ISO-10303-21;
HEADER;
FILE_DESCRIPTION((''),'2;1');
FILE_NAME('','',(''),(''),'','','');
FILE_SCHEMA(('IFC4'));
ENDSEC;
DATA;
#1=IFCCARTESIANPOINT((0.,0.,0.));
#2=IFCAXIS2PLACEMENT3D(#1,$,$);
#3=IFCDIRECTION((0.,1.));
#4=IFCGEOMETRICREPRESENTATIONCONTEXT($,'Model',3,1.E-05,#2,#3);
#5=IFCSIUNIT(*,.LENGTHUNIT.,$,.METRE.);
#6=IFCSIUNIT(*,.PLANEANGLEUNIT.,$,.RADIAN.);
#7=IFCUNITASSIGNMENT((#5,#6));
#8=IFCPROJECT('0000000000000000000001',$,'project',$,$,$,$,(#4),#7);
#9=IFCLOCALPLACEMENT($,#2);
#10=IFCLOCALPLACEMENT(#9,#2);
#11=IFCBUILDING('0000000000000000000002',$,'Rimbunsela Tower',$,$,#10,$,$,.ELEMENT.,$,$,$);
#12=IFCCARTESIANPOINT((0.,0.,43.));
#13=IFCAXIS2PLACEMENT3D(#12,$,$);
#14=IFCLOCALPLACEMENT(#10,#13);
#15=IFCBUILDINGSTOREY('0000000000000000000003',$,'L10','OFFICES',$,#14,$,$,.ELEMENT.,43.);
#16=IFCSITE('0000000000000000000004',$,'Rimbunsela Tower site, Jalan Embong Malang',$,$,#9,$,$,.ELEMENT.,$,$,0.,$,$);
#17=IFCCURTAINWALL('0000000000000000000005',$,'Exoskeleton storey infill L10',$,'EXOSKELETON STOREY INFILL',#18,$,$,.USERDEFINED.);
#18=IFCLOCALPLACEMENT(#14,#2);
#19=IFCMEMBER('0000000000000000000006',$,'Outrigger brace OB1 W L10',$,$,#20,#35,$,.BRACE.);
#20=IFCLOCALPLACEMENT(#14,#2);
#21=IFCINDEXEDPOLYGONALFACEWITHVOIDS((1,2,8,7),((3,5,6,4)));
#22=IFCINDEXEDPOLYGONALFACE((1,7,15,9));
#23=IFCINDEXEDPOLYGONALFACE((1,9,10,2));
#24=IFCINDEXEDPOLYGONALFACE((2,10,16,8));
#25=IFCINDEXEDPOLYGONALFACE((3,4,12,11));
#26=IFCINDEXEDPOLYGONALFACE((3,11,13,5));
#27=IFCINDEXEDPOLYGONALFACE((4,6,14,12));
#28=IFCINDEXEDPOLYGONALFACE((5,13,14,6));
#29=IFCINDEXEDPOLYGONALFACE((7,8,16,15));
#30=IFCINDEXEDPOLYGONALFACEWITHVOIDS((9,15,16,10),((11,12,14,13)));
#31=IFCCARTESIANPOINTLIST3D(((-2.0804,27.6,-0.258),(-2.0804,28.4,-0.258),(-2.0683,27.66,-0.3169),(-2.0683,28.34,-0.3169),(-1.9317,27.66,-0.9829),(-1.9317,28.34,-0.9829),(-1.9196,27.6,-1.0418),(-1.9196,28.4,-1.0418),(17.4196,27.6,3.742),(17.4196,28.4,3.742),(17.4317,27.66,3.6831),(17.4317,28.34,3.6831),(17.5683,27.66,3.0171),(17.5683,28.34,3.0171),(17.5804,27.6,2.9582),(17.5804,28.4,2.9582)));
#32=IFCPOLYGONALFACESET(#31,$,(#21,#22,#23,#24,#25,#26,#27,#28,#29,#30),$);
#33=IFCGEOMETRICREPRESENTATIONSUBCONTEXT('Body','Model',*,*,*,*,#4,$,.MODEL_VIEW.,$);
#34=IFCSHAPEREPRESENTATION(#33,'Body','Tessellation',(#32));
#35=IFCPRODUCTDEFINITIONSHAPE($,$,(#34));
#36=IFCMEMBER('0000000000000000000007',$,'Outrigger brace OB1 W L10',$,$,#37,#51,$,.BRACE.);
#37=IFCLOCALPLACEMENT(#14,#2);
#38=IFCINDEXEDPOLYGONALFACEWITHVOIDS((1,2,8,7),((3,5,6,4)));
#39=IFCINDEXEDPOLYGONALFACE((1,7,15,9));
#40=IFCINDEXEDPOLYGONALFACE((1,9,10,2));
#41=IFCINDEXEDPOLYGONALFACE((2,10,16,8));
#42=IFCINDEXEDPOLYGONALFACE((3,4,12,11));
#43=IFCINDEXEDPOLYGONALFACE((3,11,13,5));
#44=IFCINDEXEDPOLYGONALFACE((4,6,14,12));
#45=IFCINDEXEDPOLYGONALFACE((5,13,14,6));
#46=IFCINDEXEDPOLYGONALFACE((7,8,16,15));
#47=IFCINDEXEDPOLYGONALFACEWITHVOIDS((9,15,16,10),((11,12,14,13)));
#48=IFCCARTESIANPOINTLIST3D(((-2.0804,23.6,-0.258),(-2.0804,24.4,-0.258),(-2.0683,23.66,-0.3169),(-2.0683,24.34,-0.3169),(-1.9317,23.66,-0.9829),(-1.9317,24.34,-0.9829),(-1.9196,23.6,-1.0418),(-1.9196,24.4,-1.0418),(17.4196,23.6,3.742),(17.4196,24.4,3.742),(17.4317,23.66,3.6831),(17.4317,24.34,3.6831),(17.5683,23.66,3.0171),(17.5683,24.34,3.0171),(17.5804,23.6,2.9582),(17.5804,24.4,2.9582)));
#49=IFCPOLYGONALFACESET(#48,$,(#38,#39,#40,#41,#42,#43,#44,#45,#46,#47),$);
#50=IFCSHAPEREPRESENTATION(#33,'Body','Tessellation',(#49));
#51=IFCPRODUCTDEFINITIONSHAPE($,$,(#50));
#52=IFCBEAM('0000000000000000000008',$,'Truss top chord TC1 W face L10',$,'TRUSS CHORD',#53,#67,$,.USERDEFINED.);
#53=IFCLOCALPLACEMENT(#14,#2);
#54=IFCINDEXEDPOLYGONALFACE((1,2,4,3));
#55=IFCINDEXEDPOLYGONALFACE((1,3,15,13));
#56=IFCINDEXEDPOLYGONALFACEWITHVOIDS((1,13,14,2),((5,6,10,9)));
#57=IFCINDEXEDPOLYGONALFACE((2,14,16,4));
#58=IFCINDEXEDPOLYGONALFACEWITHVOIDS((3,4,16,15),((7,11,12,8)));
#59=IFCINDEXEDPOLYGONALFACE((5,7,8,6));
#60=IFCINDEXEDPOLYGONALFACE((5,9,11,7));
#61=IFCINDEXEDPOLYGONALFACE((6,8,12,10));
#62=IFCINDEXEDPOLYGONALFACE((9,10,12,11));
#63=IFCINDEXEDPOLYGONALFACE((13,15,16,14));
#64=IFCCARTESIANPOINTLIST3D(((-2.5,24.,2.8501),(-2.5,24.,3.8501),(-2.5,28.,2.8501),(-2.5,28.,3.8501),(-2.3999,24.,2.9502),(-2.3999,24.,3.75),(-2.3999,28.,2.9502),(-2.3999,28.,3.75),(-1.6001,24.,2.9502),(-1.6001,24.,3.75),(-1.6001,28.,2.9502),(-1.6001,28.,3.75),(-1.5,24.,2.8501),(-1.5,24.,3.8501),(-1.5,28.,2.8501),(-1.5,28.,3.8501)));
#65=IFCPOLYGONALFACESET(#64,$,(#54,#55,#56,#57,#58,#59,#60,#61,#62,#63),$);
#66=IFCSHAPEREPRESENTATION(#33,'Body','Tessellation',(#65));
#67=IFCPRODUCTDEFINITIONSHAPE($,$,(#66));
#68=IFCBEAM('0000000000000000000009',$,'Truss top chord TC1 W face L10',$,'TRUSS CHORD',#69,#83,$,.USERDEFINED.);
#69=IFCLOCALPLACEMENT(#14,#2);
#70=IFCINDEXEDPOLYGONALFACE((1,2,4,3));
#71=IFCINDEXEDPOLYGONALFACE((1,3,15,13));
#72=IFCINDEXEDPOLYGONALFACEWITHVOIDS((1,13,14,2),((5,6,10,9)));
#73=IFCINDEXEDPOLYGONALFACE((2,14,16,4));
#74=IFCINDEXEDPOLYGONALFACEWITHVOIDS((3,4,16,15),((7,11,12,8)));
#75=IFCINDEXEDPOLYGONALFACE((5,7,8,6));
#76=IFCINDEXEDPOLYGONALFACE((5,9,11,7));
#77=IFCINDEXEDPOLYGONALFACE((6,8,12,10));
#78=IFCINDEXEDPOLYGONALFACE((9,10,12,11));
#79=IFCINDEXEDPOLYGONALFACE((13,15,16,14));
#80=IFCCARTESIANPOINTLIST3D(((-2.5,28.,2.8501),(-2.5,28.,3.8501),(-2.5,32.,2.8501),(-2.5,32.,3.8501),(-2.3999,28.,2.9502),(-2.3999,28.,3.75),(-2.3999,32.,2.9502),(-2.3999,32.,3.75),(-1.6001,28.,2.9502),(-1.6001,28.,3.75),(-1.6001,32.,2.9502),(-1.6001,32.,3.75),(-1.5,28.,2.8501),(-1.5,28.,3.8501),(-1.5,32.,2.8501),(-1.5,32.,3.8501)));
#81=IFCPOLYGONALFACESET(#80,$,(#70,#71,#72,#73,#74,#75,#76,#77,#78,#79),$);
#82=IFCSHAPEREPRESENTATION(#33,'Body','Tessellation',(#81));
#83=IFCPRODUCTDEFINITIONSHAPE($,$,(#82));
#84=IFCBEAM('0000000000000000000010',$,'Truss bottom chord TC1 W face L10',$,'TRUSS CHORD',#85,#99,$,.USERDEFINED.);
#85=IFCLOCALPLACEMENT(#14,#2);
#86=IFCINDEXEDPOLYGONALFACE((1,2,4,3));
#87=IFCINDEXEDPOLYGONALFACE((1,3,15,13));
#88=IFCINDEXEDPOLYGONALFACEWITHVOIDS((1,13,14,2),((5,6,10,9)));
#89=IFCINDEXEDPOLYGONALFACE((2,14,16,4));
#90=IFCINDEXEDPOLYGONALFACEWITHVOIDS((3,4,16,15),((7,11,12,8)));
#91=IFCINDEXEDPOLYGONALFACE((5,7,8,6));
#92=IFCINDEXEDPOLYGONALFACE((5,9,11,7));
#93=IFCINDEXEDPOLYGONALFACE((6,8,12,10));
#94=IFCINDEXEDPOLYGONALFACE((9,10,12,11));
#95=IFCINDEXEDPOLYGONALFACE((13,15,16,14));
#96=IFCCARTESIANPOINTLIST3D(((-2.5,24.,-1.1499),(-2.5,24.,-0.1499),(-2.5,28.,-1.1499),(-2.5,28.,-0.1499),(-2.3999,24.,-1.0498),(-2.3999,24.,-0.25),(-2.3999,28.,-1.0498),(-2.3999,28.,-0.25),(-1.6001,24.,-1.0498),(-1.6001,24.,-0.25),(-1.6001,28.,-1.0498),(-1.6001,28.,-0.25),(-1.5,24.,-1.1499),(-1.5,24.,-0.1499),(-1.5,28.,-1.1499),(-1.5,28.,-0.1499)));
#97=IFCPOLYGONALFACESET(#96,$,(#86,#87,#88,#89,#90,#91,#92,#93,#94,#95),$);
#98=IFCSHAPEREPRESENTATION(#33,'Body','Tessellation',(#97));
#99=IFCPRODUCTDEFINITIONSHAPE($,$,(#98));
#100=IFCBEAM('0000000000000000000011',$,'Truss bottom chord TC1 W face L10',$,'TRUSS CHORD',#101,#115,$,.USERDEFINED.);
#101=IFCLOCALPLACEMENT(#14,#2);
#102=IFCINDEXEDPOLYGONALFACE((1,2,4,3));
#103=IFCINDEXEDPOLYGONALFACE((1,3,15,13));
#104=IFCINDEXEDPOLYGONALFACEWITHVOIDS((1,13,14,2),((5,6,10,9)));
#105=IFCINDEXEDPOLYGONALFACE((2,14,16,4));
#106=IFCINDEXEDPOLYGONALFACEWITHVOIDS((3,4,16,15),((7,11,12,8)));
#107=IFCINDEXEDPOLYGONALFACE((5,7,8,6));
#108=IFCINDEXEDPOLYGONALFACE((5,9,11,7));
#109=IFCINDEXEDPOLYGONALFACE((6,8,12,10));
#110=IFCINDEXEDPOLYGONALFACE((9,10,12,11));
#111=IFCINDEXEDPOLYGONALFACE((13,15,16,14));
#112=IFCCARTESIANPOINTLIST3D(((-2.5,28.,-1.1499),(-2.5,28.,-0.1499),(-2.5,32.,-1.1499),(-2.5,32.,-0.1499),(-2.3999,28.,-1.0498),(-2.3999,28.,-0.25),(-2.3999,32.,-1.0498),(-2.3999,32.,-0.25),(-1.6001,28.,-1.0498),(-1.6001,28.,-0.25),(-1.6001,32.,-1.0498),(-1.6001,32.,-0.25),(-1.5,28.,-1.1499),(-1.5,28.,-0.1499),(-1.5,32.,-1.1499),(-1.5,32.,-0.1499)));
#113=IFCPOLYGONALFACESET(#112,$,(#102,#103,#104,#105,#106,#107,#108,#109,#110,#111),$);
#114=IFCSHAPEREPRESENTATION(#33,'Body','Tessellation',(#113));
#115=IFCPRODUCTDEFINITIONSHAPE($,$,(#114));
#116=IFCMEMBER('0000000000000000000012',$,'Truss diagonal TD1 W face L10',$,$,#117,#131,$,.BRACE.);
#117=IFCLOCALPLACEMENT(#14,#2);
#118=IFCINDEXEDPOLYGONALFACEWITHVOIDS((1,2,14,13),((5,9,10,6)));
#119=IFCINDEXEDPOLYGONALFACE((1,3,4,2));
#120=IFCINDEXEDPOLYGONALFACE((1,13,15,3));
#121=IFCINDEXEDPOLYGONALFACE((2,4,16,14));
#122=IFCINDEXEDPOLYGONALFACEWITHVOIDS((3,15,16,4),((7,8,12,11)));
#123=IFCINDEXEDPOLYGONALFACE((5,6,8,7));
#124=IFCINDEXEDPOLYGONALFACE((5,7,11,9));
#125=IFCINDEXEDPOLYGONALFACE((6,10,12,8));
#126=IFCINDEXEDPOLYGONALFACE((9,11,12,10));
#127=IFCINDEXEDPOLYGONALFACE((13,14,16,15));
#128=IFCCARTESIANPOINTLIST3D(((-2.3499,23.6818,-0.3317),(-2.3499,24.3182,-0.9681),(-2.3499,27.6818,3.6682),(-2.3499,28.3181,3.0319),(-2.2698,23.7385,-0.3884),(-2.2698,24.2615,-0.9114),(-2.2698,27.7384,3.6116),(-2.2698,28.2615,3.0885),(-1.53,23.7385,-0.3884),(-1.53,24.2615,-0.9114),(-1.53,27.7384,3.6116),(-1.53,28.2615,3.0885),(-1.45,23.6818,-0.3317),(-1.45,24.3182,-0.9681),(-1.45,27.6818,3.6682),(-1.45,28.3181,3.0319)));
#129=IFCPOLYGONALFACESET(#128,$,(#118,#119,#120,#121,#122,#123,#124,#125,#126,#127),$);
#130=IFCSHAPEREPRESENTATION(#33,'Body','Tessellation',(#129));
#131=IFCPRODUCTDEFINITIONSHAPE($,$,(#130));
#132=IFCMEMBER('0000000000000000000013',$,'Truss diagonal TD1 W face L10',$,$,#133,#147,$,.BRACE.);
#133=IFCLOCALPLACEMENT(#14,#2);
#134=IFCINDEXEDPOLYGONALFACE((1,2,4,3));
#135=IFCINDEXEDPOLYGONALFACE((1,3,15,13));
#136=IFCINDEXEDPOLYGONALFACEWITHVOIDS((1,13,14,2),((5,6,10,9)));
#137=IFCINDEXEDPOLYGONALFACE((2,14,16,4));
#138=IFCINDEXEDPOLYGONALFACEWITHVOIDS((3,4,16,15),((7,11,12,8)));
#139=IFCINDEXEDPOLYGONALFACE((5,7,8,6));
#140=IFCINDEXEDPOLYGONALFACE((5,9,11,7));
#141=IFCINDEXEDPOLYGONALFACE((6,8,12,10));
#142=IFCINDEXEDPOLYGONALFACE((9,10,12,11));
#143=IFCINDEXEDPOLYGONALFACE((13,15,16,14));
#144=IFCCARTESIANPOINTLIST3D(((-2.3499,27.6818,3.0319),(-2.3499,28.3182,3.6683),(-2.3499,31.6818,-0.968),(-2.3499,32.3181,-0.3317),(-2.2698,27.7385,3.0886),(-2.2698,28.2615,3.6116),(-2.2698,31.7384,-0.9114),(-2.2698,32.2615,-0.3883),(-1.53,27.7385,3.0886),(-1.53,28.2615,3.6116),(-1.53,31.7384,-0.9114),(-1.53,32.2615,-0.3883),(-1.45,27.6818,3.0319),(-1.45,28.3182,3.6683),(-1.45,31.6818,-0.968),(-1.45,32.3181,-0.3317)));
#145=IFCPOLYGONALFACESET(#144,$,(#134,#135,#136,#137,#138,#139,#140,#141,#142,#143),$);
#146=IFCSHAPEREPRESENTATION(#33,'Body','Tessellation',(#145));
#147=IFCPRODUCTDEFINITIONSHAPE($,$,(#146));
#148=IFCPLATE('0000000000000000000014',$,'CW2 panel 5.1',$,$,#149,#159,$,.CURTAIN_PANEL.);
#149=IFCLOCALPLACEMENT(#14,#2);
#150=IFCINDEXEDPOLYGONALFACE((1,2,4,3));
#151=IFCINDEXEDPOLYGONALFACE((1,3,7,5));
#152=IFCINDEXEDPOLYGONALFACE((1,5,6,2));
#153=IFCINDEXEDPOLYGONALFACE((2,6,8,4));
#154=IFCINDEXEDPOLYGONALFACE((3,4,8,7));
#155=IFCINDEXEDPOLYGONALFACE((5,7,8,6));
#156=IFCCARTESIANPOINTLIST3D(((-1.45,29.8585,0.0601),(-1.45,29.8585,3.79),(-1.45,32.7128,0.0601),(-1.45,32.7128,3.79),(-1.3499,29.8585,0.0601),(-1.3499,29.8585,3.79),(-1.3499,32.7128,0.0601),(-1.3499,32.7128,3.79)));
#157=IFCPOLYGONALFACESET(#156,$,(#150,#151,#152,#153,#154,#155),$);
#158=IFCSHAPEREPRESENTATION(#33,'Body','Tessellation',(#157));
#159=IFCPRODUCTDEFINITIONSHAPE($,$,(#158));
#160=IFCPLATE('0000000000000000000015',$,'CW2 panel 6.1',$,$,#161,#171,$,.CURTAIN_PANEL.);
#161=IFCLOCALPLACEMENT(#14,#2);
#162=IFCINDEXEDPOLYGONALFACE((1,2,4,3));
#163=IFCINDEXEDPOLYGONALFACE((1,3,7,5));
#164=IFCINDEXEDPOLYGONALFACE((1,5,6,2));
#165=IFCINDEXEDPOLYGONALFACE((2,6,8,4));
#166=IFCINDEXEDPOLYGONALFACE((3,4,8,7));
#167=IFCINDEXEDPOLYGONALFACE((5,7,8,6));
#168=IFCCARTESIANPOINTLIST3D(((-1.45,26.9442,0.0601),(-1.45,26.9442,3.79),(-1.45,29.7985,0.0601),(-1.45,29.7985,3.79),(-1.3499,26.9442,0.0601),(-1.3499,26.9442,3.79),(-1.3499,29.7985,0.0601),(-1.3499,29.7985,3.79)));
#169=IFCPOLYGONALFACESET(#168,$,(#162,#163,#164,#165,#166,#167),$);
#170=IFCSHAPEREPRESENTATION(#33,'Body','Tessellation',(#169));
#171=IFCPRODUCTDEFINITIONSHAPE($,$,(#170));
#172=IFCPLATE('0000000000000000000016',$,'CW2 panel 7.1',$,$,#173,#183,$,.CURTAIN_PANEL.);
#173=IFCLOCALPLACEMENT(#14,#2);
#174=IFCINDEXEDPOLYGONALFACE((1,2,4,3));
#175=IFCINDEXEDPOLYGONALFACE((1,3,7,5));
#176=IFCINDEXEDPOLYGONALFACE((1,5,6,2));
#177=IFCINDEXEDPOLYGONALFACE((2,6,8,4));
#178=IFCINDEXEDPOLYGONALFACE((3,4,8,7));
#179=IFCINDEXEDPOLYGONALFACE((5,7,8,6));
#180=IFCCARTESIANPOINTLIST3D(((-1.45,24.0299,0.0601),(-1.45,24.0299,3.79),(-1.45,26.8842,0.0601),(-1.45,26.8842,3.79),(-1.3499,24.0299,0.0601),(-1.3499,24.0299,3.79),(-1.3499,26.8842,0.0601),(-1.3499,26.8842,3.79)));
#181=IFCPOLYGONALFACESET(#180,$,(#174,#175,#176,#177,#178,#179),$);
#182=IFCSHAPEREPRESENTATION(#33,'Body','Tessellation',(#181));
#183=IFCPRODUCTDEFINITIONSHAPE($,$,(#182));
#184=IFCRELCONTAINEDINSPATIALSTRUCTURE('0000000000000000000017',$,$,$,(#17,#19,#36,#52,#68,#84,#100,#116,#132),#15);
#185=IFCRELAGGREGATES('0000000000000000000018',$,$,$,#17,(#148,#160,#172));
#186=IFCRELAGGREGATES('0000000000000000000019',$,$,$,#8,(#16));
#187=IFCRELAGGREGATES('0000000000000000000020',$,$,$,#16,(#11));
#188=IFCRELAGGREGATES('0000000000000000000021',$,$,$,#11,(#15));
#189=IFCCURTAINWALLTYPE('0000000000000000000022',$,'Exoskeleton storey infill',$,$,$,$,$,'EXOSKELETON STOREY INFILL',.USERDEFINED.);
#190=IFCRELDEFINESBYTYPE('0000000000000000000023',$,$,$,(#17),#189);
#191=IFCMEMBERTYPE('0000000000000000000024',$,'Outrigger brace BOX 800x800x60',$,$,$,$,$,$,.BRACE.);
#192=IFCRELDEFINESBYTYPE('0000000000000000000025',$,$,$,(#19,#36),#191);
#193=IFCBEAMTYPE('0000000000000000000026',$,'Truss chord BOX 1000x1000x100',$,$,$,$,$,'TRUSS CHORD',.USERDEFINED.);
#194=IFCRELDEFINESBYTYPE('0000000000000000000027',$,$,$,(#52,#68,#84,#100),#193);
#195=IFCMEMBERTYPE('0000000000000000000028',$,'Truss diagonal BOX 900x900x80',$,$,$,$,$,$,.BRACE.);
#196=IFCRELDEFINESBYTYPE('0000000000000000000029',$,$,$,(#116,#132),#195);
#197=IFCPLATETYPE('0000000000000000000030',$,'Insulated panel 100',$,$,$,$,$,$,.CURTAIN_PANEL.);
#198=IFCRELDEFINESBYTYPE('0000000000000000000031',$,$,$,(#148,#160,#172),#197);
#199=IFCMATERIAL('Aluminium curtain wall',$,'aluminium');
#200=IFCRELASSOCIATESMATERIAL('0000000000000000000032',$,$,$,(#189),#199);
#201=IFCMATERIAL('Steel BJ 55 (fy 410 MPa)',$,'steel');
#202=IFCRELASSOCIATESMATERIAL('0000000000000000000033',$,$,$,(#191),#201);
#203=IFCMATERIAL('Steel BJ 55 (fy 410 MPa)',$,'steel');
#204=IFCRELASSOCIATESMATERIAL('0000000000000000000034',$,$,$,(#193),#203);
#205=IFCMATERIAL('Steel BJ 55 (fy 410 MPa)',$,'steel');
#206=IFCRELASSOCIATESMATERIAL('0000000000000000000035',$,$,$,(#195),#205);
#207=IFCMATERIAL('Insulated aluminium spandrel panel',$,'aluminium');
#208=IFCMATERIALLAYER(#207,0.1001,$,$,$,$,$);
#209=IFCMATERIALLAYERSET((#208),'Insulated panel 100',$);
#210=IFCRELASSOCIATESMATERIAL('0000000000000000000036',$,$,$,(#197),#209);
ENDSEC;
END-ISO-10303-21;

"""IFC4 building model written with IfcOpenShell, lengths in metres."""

from ifc_helpers import new_model, si_unit, direction, frame, origin, origin_2d, place, context, subcontext, project, spatial, rectangle, hollow_rectangle, extrude, material, layer, layer_set, material_profile, profile_set, type_object, element, aggregate, save


model = new_model("IFC4")

# Units and contexts
model_context = context("Model", 3, precision=1e-05, world=origin(), true_north=direction((0.0, 1.0)))
body_context = subcontext(model_context, "Body", "Model", "MODEL_VIEW")
ifc_project = project(units=[si_unit("LENGTHUNIT", "METRE"), si_unit("PLANEANGLEUNIT", "RADIAN")], contexts=[model_context])

# Site, building, storey
site_placement = place(None, origin())
site = spatial("IfcSite", under=ifc_project, at=site_placement, Name="Rimbunsela Tower site, Jalan Embong Malang", CompositionType="ELEMENT", RefElevation=0.0)
building_placement = place(site_placement, origin())
building = spatial("IfcBuilding", under=site, at=building_placement, Name="Rimbunsela Tower", CompositionType="ELEMENT")
storey_placement = place(building_placement, frame((0.0, 0.0, 43.0)))
storey = spatial("IfcBuildingStorey", under=building, at=storey_placement, Name="L10", Description="OFFICES", CompositionType="ELEMENT", Elevation=43.0)

# Curtain wall
ifc_material_1 = material(Name="Aluminium curtain wall", Category="aluminium")
curtain_wall_type = type_object("IfcCurtainWallType", Name="Exoskeleton storey infill", ElementType="EXOSKELETON STOREY INFILL", PredefinedType="USERDEFINED", material=ifc_material_1)
curtain_wall_placement = place(storey_placement, origin())
curtain_wall = element("IfcCurtainWall", 1, at=curtain_wall_placement, inside=storey, type_object=curtain_wall_type, Name="Exoskeleton storey infill L10", ObjectType="EXOSKELETON STOREY INFILL", PredefinedType="USERDEFINED")

# Members
ifc_material_2 = material(Name="Steel BJ 55 (fy 410 MPa)", Category="steel")
ifc_material_profile_1 = material_profile(ifc_material_2, hollow_rectangle(XDim=0.8, YDim=0.8, WallThickness=0.0601, at=origin_2d()), Name="BOX 800x800x60")
ifc_profile_set_1 = profile_set([ifc_material_profile_1], Name="Steel BJ 55 (fy 410 MPa)")
member_type_1 = type_object("IfcMemberType", Name="Outrigger brace BOX 800x800x60", PredefinedType="BRACE", material=ifc_profile_set_1)
for number, where, z_axis, x_axis, name in (
    (2, (-2.0, 28.0, -0.6499), (0.979603, 0.0, 0.200944), (0.0, 1.0, 0.0), "Outrigger brace OB1 W L10"),
    (3, (-2.0, 24.0, -0.6499), (0.979603, 0.0, 0.200944), (0.0, 1.0, 0.0), "Outrigger brace OB1 W L10"),
):
    element("IfcMember", number, at=place(storey_placement, frame(where, z_axis=z_axis, x_axis=x_axis)), inside=storey, type_object=member_type_1, Name=name, PredefinedType="BRACE", context=body_context, shape_type="SweptSolid", body=[
        extrude(hollow_rectangle(XDim=0.8, YDim=0.8, WallThickness=0.0601, at=origin_2d()), origin(), (0.0, 0.0, 1.0), 19.906),
    ])

# Beams
ifc_material_3 = material(Name="Steel BJ 55 (fy 410 MPa)", Category="steel")
ifc_material_profile_2 = material_profile(ifc_material_3, hollow_rectangle(XDim=1.0, YDim=1.0, WallThickness=0.1001, at=origin_2d()), Name="BOX 1000x1000x100")
ifc_profile_set_2 = profile_set([ifc_material_profile_2], Name="Steel BJ 55 (fy 410 MPa)")
beam_type_1 = type_object("IfcBeamType", Name="Truss chord BOX 1000x1000x100", ElementType="TRUSS CHORD", PredefinedType="USERDEFINED", material=ifc_profile_set_2)
for number, where, z_axis, x_axis, name in (
    (4, (-2.0, 24.0, 3.3501), (0.0, 1.0, 0.0), (-1.0, 0.0, 0.0), "Truss top chord TC1 W face L10"),
    (5, (-2.0, 28.0, 3.3501), (0.0, 1.0, 0.0), (-1.0, 0.0, 0.0), "Truss top chord TC1 W face L10"),
    (6, (-2.0, 24.0, -0.6499), (0.0, 1.0, 0.0), (-1.0, 0.0, 0.0), "Truss bottom chord TC1 W face L10"),
    (7, (-2.0, 28.0, -0.6499), (0.0, 1.0, 0.0), (-1.0, 0.0, 0.0), "Truss bottom chord TC1 W face L10"),
):
    element("IfcBeam", number, at=place(storey_placement, frame(where, z_axis=z_axis, x_axis=x_axis)), inside=storey, type_object=beam_type_1, Name=name, ObjectType="TRUSS CHORD", PredefinedType="USERDEFINED", context=body_context, shape_type="SweptSolid", body=[
        extrude(hollow_rectangle(XDim=1.0, YDim=1.0, WallThickness=0.1001, at=origin_2d()), origin(), (0.0, 0.0, 1.0), 4.0),
    ])

# Members
ifc_material_4 = material(Name="Steel BJ 55 (fy 410 MPa)", Category="steel")
ifc_material_profile_3 = material_profile(ifc_material_4, hollow_rectangle(XDim=0.8999, YDim=0.8999, WallThickness=0.0801, at=origin_2d()), Name="BOX 900x900x80")
ifc_profile_set_3 = profile_set([ifc_material_profile_3], Name="Steel BJ 55 (fy 410 MPa)")
member_type_2 = type_object("IfcMemberType", Name="Truss diagonal BOX 900x900x80", PredefinedType="BRACE", material=ifc_profile_set_3)
for number, where, z_axis, x_axis, name in (
    (8, (-1.8999, 24.0, -0.6499), (0.0, 0.707107, 0.707107), (-1.0, 0.0, 0.0), "Truss diagonal TD1 W face L10"),
    (9, (-1.8999, 28.0, 3.3501), (0.0, 0.707107, -0.707107), (-1.0, 0.0, 0.0), "Truss diagonal TD1 W face L10"),
):
    element("IfcMember", number, at=place(storey_placement, frame(where, z_axis=z_axis, x_axis=x_axis)), inside=storey, type_object=member_type_2, Name=name, PredefinedType="BRACE", context=body_context, shape_type="SweptSolid", body=[
        extrude(hollow_rectangle(XDim=0.8999, YDim=0.8999, WallThickness=0.0801, at=origin_2d()), origin(), (0.0, 0.0, 1.0), 5.6567),
    ])

# Plates
ifc_material_5 = material(Name="Insulated aluminium spandrel panel", Category="aluminium")
ifc_layer = layer(ifc_material_5, 0.1001)
ifc_layer_set = layer_set([ifc_layer], Name="Insulated panel 100")
plate_type = type_object("IfcPlateType", Name="Insulated panel 100", PredefinedType="CURTAIN_PANEL", material=ifc_layer_set)
plate_1_placement = place(storey_placement, frame((-1.3999, 31.2856, 0.0601), z_axis=(0.0, 0.0, 1.0), x_axis=(0.0, -1.0, 0.0)))
plate_1 = element("IfcPlate", 10, at=plate_1_placement, type_object=plate_type, Name="CW2 panel 5.1", PredefinedType="CURTAIN_PANEL", context=body_context, shape_type="SweptSolid", body=[
    extrude(rectangle(XDim=2.8542, YDim=0.1001, at=origin_2d()), origin(), (0.0, 0.0, 1.0), 3.73),
])
plate_2_placement = place(storey_placement, frame((-1.3999, 28.3713, 0.0601), z_axis=(0.0, 0.0, 1.0), x_axis=(0.0, -1.0, 0.0)))
plate_2 = element("IfcPlate", 11, at=plate_2_placement, type_object=plate_type, Name="CW2 panel 6.1", PredefinedType="CURTAIN_PANEL", context=body_context, shape_type="SweptSolid", body=[
    extrude(rectangle(XDim=2.8542, YDim=0.1001, at=origin_2d()), origin(), (0.0, 0.0, 1.0), 3.73),
])
plate_3_placement = place(storey_placement, frame((-1.3999, 25.457, 0.0601), z_axis=(0.0, 0.0, 1.0), x_axis=(0.0, -1.0, 0.0)))
plate_3 = element("IfcPlate", 12, at=plate_3_placement, type_object=plate_type, Name="CW2 panel 7.1", PredefinedType="CURTAIN_PANEL", context=body_context, shape_type="SweptSolid", body=[
    extrude(rectangle(XDim=2.8542, YDim=0.1001, at=origin_2d()), origin(), (0.0, 0.0, 1.0), 3.73),
])
aggregate(curtain_wall, [plate_1, plate_2, plate_3])

save(model, "model.ifc")
